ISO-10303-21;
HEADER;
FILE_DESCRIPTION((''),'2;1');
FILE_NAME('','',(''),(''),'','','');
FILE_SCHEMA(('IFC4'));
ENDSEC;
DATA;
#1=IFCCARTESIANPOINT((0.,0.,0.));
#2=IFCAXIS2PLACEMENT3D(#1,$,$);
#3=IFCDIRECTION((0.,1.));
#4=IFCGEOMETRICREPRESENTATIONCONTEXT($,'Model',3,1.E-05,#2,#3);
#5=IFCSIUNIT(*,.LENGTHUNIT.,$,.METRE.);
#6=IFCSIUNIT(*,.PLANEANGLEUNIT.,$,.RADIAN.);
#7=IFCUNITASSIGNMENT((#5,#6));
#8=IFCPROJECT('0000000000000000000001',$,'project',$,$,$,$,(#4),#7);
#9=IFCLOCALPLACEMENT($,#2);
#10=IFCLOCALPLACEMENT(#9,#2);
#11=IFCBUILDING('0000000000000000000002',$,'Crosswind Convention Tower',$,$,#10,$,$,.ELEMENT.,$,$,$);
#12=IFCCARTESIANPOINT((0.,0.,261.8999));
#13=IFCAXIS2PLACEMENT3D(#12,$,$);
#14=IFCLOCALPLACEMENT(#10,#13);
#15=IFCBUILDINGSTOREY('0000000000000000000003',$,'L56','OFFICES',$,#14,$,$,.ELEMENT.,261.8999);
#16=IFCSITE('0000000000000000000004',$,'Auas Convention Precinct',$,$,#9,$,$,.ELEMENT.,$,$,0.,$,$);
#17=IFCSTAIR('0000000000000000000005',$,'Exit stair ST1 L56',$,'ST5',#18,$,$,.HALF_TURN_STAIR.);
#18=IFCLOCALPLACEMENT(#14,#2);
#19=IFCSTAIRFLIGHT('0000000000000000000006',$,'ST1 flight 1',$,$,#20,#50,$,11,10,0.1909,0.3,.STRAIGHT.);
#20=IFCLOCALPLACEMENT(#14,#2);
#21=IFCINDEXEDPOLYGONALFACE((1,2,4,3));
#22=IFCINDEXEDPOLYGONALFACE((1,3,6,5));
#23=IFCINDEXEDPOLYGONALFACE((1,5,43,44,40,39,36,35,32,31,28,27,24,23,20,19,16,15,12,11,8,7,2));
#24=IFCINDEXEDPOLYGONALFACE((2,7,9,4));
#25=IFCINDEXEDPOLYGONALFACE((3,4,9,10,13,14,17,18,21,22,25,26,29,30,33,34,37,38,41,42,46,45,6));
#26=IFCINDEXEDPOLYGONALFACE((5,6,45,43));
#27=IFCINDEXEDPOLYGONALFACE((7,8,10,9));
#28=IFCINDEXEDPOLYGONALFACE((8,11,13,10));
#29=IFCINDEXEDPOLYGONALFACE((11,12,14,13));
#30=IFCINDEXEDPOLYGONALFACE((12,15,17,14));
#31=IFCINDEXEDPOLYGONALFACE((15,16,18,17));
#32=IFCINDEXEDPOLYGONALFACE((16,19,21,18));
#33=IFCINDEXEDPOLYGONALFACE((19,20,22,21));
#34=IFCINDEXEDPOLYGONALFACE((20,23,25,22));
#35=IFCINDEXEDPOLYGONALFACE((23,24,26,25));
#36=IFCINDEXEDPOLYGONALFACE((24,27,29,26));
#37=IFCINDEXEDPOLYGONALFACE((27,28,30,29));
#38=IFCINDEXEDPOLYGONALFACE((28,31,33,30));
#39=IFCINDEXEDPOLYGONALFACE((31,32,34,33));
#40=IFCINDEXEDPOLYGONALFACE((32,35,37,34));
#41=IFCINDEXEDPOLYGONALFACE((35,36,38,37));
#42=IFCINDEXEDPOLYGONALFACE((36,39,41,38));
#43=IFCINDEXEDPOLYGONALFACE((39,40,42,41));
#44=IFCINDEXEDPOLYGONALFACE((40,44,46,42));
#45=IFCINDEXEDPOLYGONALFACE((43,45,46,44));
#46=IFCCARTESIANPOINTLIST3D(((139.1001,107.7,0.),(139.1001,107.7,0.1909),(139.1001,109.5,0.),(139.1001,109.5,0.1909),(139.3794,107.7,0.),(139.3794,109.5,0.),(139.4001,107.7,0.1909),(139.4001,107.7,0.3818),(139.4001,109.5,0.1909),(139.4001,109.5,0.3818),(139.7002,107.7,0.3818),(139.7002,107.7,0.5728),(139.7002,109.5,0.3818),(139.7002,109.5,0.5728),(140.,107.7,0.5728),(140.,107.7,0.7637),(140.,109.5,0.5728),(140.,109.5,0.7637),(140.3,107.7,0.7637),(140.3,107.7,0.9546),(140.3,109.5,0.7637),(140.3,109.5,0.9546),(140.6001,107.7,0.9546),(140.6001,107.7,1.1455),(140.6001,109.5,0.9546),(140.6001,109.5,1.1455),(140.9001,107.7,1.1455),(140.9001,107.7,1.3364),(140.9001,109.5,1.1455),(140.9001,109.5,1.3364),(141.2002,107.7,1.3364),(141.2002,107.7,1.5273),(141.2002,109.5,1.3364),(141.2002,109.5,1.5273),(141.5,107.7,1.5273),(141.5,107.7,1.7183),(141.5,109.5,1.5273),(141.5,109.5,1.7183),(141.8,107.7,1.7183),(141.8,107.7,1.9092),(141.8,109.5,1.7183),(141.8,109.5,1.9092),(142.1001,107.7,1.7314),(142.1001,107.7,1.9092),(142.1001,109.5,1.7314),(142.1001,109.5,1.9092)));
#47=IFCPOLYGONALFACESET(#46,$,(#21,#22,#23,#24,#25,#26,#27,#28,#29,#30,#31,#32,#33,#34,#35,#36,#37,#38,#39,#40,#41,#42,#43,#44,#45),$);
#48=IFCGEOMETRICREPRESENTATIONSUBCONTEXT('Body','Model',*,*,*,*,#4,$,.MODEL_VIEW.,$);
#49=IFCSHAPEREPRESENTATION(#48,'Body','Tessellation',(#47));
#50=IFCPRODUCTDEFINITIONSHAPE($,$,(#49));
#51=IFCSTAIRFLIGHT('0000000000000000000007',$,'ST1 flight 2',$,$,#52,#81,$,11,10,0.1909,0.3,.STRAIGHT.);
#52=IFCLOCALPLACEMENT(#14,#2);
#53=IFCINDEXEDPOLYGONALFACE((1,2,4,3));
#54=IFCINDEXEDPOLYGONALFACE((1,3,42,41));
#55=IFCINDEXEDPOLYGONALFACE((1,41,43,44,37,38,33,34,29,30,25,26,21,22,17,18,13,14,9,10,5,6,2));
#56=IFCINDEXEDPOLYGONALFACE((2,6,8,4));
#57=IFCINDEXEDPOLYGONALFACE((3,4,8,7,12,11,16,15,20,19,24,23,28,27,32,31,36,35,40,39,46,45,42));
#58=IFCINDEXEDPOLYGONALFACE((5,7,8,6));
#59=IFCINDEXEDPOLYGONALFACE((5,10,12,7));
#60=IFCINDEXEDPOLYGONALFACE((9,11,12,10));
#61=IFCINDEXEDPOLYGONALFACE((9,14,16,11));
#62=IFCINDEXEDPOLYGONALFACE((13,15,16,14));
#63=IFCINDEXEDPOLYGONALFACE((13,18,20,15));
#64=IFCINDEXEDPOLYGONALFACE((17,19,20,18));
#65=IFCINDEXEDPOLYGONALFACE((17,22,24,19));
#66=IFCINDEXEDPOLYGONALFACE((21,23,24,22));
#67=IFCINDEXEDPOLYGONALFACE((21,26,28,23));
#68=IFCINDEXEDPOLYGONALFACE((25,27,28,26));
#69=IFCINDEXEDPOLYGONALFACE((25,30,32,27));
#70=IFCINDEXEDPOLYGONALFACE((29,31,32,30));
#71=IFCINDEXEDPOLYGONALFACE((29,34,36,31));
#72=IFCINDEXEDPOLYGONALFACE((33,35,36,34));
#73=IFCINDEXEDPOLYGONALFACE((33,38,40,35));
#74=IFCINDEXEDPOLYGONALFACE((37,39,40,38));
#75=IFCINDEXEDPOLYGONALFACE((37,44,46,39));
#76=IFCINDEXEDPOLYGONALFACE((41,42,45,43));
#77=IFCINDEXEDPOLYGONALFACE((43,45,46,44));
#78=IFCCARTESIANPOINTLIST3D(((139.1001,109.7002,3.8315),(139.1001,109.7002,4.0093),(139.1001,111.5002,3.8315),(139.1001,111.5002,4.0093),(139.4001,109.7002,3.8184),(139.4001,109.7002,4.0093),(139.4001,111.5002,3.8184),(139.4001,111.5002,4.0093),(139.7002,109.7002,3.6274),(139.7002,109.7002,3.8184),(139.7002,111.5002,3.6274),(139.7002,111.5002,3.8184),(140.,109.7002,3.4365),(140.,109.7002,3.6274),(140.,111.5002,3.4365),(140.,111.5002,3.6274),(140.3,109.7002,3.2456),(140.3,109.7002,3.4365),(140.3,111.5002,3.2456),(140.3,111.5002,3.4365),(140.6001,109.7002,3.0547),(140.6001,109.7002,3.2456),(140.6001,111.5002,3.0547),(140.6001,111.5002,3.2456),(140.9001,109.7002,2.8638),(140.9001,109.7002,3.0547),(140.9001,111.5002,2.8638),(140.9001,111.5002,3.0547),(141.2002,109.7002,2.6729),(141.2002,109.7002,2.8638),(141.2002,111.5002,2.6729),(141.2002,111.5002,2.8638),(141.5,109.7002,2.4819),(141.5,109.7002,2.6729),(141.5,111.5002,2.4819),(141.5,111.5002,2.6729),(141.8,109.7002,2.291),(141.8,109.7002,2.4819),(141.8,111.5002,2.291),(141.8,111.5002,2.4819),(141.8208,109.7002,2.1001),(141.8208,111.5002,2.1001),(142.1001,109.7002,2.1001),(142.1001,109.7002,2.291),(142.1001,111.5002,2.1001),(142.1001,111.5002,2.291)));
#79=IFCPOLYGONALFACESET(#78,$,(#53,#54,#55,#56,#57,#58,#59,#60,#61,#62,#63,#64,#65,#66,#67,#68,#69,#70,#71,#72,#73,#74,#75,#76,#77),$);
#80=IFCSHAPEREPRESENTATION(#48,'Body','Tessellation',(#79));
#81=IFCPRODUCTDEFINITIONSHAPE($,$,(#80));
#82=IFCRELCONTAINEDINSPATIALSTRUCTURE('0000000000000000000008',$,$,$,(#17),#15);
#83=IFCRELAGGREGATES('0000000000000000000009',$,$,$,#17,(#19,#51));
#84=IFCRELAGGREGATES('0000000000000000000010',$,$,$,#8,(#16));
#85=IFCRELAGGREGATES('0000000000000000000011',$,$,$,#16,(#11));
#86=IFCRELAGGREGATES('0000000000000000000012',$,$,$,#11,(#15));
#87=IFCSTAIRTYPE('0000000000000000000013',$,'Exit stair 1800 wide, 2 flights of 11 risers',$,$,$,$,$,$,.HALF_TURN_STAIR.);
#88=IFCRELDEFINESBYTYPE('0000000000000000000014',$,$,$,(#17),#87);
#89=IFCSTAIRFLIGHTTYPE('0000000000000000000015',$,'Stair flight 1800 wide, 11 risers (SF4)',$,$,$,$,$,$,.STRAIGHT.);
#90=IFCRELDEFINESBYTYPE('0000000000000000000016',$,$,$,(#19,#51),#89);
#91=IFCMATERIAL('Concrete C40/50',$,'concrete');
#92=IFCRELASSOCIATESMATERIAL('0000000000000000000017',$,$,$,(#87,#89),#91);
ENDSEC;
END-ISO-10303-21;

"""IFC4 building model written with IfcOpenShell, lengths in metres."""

from ifc_helpers import new_model, si_unit, direction, frame, origin, place, context, subcontext, project, spatial, polyline, outline, extrude, material, type_object, element, aggregate, save


model = new_model("IFC4")

# Units and contexts
model_context = context("Model", 3, precision=1e-05, world=origin(), true_north=direction((0.0, 1.0)))
body_context = subcontext(model_context, "Body", "Model", "MODEL_VIEW")
ifc_project = project(units=[si_unit("LENGTHUNIT", "METRE"), si_unit("PLANEANGLEUNIT", "RADIAN")], contexts=[model_context])

# Site, building, storey
site_placement = place(None, origin())
site = spatial("IfcSite", under=ifc_project, at=site_placement, Name="Auas Convention Precinct", CompositionType="ELEMENT", RefElevation=0.0)
building_placement = place(site_placement, origin())
building = spatial("IfcBuilding", under=site, at=building_placement, Name="Crosswind Convention Tower", CompositionType="ELEMENT")
storey_placement = place(building_placement, frame((0.0, 0.0, 261.8999)))
storey = spatial("IfcBuildingStorey", under=building, at=storey_placement, Name="L56", Description="OFFICES", CompositionType="ELEMENT", Elevation=261.8999)

# Stair, stair flights
ifc_material_1 = material(Name="Concrete C40/50", Category="concrete")
stair_type = type_object("IfcStairType", Name="Exit stair 1800 wide, 2 flights of 11 risers", PredefinedType="HALF_TURN_STAIR", material=ifc_material_1)
stair_placement = place(storey_placement, origin())
stair = element("IfcStair", 1, at=stair_placement, inside=storey, type_object=stair_type, Name="Exit stair ST1 L56", ObjectType="ST5", PredefinedType="HALF_TURN_STAIR")
stair_flight_type = type_object("IfcStairFlightType", Name="Stair flight 1800 wide, 11 risers (SF4)", PredefinedType="STRAIGHT", material=ifc_material_1)
stair_flight_1_placement = place(storey_placement, frame((139.1001, 108.6001, 0.0), z_axis=(0.0, 0.0, 1.0), x_axis=(1.0, 0.0, 0.0)))
stair_flight_1 = element("IfcStairFlight", 2, at=stair_flight_1_placement, type_object=stair_flight_type, Name="ST1 flight 1", NumberOfRisers=11, NumberOfTreads=10, PredefinedType="STRAIGHT", RiserHeight=0.1909, TreadLength=0.3, context=body_context, shape_type="SweptSolid", body=[
    extrude(outline(polyline([(0.0, 0.0), (0.0, 0.1909), (0.3, 0.1909), (0.3, 0.3818), (0.6001, 0.3818), (0.6001, 0.5728), (0.8999, 0.5728), (0.8999, 0.7637), (1.2, 0.7637), (1.2, 0.9546), (1.5, 0.9546), (1.5, 1.1455), (1.8, 1.1455), (1.8, 1.3364), (2.1001, 1.3364), (2.1001, 1.5273), (2.3999, 1.5273), (2.3999, 1.7183), (2.7, 1.7183), (2.7, 1.9092), (3.0, 1.9092), (3.0, 2.1001), (3.0, 1.7314), (0.2793, 0.0), (0.0, 0.0)])), frame((0.0, 0.8999, 0.0), z_axis=(0.0, -1.0, 0.0), x_axis=(1.0, 0.0, 0.0)), (0.0, 0.0, 1.0), 1.8),
])
stair_flight_2_placement = place(storey_placement, frame((142.1001, 110.6001, 2.1001), z_axis=(0.0, 0.0, 1.0), x_axis=(-1.0, 0.0, 0.0)))
stair_flight_2 = element("IfcStairFlight", 3, at=stair_flight_2_placement, type_object=stair_flight_type, Name="ST1 flight 2", NumberOfRisers=11, NumberOfTreads=10, PredefinedType="STRAIGHT", RiserHeight=0.1909, TreadLength=0.3, context=body_context, shape_type="SweptSolid", body=[
    extrude(outline(polyline([(0.0, 0.0), (0.0, 0.1909), (0.3, 0.1909), (0.3, 0.3818), (0.6001, 0.3818), (0.6001, 0.5728), (0.8999, 0.5728), (0.8999, 0.7637), (1.2, 0.7637), (1.2, 0.9546), (1.5, 0.9546), (1.5, 1.1455), (1.8, 1.1455), (1.8, 1.3364), (2.1001, 1.3364), (2.1001, 1.5273), (2.3999, 1.5273), (2.3999, 1.7183), (2.7, 1.7183), (2.7, 1.9092), (3.0, 1.9092), (3.0, 2.1001), (3.0, 1.7314), (0.2793, 0.0), (0.0, 0.0)])), frame((0.0, 0.8999, 0.0), z_axis=(0.0, -1.0, 0.0), x_axis=(1.0, 0.0, 0.0)), (0.0, 0.0, 1.0), 1.8),
])
aggregate(stair, [stair_flight_1, stair_flight_2])

save(model, "model.ifc")
